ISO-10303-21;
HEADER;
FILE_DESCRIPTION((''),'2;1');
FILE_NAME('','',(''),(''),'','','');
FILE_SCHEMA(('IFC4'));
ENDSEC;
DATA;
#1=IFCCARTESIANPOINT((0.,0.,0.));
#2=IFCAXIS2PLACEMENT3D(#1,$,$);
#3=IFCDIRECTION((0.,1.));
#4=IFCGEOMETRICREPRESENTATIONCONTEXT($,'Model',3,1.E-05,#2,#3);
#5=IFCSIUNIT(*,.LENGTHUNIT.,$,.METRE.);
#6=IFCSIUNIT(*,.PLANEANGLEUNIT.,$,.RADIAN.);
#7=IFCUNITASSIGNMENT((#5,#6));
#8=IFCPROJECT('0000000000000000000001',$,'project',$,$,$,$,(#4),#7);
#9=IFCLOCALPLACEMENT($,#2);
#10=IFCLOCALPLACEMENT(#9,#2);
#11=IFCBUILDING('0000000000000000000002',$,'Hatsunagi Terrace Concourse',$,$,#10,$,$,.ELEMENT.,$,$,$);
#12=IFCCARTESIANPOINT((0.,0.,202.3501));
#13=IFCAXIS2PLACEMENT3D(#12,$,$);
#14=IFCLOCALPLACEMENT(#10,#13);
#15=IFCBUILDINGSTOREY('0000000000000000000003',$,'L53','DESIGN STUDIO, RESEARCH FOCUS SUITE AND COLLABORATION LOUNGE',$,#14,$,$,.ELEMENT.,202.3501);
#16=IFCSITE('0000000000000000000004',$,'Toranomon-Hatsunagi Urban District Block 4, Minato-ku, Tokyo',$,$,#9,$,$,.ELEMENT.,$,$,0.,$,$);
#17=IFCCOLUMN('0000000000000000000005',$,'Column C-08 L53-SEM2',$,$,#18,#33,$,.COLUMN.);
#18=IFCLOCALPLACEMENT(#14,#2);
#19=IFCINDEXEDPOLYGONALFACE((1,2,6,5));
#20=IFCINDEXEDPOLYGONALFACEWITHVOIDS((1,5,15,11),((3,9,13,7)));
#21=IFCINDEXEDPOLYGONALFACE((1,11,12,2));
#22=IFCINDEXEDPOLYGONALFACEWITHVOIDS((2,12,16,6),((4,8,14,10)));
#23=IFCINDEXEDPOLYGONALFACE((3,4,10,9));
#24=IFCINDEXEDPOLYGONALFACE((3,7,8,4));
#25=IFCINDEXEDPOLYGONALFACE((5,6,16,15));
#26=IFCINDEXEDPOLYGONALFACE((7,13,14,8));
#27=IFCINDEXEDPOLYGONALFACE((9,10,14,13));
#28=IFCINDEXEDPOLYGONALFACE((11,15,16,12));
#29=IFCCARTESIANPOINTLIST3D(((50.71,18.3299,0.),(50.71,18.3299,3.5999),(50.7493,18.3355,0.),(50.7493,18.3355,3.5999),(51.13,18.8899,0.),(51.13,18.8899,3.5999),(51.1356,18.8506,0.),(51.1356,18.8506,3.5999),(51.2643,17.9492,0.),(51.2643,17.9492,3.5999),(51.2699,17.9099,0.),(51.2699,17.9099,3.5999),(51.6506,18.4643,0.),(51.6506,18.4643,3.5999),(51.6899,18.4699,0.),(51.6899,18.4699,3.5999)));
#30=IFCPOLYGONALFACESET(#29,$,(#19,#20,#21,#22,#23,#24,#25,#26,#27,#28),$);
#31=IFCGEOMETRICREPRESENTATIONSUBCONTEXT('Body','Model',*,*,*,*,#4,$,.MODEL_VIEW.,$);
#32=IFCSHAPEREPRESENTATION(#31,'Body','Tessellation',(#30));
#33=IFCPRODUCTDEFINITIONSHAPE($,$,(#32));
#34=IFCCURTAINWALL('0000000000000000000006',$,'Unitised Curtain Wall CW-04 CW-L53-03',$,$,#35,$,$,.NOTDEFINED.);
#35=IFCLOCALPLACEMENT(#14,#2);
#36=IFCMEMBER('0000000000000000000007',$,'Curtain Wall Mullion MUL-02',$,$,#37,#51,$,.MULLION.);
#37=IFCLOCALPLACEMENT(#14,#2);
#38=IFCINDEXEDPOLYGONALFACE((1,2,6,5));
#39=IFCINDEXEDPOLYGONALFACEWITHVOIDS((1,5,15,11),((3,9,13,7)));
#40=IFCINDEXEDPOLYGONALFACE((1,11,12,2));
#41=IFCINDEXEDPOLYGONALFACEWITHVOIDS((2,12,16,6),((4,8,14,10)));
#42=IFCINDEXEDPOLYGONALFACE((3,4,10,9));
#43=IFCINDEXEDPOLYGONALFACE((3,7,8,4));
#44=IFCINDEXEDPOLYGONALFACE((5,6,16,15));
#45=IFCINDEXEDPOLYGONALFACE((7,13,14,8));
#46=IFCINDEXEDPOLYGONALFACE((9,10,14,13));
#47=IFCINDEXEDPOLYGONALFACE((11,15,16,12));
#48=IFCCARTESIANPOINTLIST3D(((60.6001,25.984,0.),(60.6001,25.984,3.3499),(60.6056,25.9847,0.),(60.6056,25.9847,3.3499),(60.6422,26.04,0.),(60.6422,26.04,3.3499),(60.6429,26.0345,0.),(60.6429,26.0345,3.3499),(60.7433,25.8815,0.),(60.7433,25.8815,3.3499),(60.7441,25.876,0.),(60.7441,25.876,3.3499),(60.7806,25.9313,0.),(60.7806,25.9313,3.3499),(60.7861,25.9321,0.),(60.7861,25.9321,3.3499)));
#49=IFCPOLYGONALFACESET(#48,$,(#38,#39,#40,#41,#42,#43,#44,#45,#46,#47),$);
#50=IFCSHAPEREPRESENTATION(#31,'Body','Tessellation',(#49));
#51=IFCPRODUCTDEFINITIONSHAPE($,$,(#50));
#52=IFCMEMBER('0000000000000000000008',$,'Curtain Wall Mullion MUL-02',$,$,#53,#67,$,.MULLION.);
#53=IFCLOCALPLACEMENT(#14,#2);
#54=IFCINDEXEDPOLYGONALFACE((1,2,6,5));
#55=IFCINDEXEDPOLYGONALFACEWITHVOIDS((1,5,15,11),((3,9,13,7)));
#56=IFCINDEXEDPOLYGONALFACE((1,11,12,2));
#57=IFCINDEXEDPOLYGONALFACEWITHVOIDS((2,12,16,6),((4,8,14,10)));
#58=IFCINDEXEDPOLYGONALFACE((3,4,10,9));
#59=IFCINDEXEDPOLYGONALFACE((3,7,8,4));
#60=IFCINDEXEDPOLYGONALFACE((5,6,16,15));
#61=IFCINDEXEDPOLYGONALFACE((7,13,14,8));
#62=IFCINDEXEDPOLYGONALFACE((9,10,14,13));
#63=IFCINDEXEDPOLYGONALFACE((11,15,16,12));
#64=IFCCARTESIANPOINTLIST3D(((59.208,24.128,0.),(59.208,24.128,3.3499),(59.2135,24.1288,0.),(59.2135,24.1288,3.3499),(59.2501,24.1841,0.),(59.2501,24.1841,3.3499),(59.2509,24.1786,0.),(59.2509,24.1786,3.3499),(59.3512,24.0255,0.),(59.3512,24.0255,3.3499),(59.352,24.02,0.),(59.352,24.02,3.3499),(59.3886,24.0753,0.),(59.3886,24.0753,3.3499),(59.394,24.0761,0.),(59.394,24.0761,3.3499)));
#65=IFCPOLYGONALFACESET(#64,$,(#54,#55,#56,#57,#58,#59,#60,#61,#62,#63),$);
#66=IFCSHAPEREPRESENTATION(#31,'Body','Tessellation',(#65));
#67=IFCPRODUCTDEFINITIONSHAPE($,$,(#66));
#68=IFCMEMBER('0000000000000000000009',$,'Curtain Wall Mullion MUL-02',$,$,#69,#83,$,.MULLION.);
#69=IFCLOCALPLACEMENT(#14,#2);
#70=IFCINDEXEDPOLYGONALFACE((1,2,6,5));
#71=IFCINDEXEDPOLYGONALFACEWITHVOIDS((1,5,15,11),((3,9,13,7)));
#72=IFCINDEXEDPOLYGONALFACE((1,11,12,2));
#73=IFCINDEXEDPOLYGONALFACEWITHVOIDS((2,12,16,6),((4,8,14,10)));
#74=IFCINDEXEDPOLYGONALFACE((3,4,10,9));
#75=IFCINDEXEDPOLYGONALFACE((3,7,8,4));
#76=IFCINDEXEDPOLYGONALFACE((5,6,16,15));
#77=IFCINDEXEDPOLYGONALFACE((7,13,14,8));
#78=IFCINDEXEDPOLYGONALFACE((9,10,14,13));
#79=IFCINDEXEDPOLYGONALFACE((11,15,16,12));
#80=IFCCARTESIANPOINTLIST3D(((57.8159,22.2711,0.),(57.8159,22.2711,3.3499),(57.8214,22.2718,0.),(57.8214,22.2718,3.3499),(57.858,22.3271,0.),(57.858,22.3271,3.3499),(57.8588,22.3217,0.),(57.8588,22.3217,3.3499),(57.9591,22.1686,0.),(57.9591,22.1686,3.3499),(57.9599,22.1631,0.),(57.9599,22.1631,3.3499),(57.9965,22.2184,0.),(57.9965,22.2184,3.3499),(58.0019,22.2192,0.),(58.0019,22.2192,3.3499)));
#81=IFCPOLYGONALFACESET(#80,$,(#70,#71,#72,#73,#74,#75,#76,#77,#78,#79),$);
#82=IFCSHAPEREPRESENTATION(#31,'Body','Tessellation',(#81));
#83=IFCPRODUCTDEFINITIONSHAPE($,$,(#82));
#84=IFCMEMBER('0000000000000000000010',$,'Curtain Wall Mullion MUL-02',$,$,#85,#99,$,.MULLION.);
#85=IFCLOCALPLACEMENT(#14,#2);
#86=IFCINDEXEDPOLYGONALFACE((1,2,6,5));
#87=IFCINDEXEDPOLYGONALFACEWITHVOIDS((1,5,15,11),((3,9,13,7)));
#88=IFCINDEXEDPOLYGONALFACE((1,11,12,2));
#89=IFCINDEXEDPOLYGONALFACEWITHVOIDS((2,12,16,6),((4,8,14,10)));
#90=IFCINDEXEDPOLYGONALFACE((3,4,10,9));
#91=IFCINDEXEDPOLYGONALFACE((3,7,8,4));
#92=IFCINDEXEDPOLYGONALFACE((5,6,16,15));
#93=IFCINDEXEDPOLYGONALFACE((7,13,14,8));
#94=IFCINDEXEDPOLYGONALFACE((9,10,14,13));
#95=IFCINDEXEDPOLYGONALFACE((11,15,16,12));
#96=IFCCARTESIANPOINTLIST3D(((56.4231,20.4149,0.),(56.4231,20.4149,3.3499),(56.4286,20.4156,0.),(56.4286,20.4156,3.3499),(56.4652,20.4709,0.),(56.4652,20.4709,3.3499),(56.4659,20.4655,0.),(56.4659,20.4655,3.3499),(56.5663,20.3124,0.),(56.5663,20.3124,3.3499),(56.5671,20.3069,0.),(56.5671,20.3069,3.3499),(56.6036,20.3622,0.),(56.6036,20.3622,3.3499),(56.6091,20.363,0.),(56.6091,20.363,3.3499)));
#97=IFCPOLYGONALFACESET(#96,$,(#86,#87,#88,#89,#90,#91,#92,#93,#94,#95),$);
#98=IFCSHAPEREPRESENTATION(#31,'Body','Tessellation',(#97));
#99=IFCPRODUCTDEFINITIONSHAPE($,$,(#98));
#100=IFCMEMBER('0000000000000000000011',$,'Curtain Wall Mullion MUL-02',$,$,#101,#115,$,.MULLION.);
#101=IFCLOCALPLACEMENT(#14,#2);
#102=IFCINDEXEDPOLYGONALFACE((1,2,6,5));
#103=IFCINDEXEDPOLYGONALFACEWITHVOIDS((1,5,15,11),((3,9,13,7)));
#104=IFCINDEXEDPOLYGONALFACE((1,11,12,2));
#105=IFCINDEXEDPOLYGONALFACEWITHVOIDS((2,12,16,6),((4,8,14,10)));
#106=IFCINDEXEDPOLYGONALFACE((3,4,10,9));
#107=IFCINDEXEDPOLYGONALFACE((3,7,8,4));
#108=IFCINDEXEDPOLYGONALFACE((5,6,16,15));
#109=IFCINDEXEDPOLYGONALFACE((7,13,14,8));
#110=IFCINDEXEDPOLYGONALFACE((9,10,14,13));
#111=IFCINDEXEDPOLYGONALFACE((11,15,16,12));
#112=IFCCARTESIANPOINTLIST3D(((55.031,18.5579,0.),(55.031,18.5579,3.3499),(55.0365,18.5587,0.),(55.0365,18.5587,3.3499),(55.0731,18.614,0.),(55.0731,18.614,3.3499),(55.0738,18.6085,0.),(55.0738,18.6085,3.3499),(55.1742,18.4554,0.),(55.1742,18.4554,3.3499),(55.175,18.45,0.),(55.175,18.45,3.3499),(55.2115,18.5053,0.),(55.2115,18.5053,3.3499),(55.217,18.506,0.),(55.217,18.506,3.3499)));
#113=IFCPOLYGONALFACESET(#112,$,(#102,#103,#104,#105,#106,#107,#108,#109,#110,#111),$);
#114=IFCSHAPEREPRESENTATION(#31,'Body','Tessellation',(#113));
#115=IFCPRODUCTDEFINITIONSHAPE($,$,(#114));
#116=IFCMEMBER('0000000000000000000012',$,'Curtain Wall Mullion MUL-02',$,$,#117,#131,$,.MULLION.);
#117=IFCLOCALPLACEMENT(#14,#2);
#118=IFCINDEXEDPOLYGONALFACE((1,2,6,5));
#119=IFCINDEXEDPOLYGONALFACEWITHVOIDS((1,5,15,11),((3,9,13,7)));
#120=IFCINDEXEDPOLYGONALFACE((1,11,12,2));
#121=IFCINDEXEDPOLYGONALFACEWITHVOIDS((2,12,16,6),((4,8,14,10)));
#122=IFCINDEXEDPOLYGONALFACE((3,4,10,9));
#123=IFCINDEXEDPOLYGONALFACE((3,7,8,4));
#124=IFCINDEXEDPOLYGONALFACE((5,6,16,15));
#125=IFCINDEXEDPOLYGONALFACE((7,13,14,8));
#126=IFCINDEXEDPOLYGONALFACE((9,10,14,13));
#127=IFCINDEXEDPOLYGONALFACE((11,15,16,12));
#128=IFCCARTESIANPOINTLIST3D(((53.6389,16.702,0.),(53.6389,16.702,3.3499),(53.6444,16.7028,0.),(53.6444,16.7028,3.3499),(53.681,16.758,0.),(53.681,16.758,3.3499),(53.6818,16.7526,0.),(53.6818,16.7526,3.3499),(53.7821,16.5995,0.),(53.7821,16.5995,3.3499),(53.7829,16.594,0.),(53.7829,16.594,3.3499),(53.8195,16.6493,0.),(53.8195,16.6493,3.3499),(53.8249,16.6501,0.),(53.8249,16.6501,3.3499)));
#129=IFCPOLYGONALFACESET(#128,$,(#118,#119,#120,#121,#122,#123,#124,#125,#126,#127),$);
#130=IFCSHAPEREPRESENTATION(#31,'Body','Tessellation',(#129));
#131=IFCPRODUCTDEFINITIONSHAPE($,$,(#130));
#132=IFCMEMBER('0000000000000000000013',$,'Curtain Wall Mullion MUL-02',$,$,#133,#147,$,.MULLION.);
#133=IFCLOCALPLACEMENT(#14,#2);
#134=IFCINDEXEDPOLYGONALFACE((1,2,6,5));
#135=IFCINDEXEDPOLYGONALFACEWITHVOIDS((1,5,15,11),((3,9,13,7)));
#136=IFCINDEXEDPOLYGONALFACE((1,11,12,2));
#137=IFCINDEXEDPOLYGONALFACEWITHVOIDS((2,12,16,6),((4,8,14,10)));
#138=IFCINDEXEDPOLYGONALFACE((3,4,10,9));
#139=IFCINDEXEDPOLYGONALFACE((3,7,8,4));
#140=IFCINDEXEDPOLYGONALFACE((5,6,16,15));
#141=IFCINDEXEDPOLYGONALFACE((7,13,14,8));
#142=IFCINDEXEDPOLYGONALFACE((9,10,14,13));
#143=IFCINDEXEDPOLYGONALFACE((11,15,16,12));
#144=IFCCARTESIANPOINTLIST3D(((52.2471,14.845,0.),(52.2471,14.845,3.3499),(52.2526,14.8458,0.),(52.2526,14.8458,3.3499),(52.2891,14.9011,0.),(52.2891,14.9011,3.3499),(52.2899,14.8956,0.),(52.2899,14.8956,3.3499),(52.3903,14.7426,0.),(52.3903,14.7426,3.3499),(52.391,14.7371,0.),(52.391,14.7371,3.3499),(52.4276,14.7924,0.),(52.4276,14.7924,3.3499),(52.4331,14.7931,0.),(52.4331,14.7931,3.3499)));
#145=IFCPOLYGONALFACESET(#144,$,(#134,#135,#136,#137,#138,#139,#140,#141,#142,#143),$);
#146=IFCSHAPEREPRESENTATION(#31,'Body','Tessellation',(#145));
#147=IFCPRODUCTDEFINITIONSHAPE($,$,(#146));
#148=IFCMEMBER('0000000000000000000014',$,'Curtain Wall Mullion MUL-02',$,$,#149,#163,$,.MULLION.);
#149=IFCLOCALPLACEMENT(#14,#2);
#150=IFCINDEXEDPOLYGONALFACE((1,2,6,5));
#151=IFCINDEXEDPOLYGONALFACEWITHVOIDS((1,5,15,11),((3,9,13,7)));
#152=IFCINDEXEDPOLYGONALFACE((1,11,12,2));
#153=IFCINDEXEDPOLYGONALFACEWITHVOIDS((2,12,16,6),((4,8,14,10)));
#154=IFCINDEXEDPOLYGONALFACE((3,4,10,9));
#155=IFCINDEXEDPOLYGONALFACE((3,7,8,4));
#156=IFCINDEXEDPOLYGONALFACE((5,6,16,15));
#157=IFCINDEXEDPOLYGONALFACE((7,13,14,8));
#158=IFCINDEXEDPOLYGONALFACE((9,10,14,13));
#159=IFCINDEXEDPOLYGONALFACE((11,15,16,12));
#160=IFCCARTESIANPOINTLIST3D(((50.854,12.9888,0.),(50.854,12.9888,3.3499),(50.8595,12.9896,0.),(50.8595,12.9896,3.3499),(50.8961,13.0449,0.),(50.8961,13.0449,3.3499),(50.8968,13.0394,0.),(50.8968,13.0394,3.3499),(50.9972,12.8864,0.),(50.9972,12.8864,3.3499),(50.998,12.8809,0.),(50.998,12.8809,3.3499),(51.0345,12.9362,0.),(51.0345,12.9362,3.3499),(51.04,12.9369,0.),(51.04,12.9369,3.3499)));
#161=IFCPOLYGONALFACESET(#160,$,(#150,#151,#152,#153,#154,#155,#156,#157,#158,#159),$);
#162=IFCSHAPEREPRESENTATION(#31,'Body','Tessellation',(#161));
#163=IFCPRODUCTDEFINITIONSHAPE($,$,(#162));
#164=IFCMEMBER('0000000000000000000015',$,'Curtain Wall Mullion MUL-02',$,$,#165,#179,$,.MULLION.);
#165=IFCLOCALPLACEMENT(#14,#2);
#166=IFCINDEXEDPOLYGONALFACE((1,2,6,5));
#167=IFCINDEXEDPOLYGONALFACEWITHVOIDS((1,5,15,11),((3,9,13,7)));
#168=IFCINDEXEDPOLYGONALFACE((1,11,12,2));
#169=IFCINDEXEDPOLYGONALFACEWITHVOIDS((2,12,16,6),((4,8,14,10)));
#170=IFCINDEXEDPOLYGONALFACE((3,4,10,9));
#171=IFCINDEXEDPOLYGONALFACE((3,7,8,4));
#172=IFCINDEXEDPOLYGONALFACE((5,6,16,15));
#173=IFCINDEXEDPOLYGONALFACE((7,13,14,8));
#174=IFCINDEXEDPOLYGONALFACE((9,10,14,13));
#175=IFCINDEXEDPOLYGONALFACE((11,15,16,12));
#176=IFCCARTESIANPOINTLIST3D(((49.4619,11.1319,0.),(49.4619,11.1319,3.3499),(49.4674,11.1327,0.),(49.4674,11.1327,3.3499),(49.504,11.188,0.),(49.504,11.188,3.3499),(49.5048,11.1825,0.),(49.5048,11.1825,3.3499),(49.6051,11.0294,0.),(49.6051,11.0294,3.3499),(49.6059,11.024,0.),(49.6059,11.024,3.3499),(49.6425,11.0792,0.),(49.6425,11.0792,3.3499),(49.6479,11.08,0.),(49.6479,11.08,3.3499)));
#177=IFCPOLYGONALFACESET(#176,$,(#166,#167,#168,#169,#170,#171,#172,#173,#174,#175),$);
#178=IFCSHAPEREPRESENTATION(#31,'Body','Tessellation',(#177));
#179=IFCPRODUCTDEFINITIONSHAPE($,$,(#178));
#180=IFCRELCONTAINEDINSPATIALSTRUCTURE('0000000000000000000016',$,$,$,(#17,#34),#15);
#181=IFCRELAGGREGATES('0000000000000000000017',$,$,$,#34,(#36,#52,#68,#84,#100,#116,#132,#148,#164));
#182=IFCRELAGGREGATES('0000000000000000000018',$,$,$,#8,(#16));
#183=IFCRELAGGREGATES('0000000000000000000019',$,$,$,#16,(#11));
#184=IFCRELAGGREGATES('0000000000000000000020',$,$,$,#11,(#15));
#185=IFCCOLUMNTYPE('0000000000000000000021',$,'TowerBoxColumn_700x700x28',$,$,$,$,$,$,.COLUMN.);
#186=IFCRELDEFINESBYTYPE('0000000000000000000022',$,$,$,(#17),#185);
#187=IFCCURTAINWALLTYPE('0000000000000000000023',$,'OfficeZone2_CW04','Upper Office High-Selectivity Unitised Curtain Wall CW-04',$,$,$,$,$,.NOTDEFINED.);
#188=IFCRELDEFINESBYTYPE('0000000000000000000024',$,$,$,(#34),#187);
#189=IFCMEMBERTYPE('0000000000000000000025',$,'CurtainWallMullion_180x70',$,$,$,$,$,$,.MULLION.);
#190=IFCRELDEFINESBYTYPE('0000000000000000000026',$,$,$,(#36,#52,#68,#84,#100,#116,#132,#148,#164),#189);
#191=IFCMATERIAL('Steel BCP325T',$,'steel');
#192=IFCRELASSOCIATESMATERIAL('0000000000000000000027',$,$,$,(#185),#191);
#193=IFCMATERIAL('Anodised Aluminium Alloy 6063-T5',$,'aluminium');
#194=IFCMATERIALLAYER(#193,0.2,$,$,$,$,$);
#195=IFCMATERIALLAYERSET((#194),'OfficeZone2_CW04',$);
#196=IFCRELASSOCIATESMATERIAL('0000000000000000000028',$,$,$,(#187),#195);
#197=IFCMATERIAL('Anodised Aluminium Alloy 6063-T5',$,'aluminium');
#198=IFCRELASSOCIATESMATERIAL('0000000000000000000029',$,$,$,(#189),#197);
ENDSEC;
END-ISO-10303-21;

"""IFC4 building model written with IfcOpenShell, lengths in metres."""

from ifc_helpers import new_model, si_unit, direction, frame, origin, origin_2d, place, context, subcontext, project, spatial, hollow_rectangle, extrude, material, layer, layer_set, material_profile, profile_set, type_object, element, aggregate, save


model = new_model("IFC4")

# Units and contexts
model_context = context("Model", 3, precision=1e-05, world=origin(), true_north=direction((0.0, 1.0)))
body_context = subcontext(model_context, "Body", "Model", "MODEL_VIEW")
ifc_project = project(units=[si_unit("LENGTHUNIT", "METRE"), si_unit("PLANEANGLEUNIT", "RADIAN")], contexts=[model_context])

# Site, building, storey
site_placement = place(None, origin())
site = spatial("IfcSite", under=ifc_project, at=site_placement, Name="Toranomon-Hatsunagi Urban District Block 4, Minato-ku, Tokyo", CompositionType="ELEMENT", RefElevation=0.0)
building_placement = place(site_placement, origin())
building = spatial("IfcBuilding", under=site, at=building_placement, Name="Hatsunagi Terrace Concourse", CompositionType="ELEMENT")
storey_placement = place(building_placement, frame((0.0, 0.0, 202.3501)))
storey = spatial("IfcBuildingStorey", under=building, at=storey_placement, Name="L53", Description="DESIGN STUDIO, RESEARCH FOCUS SUITE AND COLLABORATION LOUNGE", CompositionType="ELEMENT", Elevation=202.3501)

# Column
ifc_material_1 = material(Name="Steel BCP325T", Category="steel")
ifc_material_profile_1 = material_profile(ifc_material_1, hollow_rectangle(XDim=0.7, YDim=0.7, WallThickness=0.0281, at=origin_2d()), Name="BCP-700x700x28")
ifc_profile_set_1 = profile_set([ifc_material_profile_1], Name="Steel BCP325T")
column_type = type_object("IfcColumnType", Name="TowerBoxColumn_700x700x28", PredefinedType="COLUMN", material=ifc_profile_set_1)
column_placement = place(storey_placement, frame((51.2, 18.3999, 0.0), z_axis=(0.0, 0.0, 1.0), x_axis=(0.8, -0.6, 0.0)))
element("IfcColumn", 1, at=column_placement, inside=storey, type_object=column_type, Name="Column C-08 L53-SEM2", PredefinedType="COLUMN", context=body_context, shape_type="SweptSolid", body=[
    extrude(hollow_rectangle(XDim=0.7, YDim=0.7, WallThickness=0.0281, at=origin_2d()), origin(), (0.0, 0.0, 1.0), 3.5999),
])

# Curtain wall, members
ifc_material_2 = material(Name="Anodised Aluminium Alloy 6063-T5", Category="aluminium")
ifc_layer_1 = layer(ifc_material_2, 0.2)
ifc_layer_set_1 = layer_set([ifc_layer_1], Name="OfficeZone2_CW04")
curtain_wall_type = type_object("IfcCurtainWallType", Name="OfficeZone2_CW04", Description="Upper Office High-Selectivity Unitised Curtain Wall CW-04", PredefinedType="NOTDEFINED", material=ifc_layer_set_1)
curtain_wall_placement = place(storey_placement, origin())
curtain_wall = element("IfcCurtainWall", 2, at=curtain_wall_placement, inside=storey, type_object=curtain_wall_type, Name="Unitised Curtain Wall CW-04 CW-L53-03", PredefinedType="NOTDEFINED")
ifc_material_3 = material(Name="Anodised Aluminium Alloy 6063-T5", Category="aluminium")
ifc_material_profile_2 = material_profile(ifc_material_3, hollow_rectangle(XDim=0.0701, YDim=0.1799, WallThickness=0.0039, at=origin_2d()), Name="ALU-MUL-180x70x4")
ifc_profile_set_2 = profile_set([ifc_material_profile_2], Name="Anodised Aluminium Alloy 6063-T5")
member_type_1 = type_object("IfcMemberType", Name="CurtainWallMullion_180x70", PredefinedType="MULLION", material=ifc_profile_set_2)
member_1_placement = place(storey_placement, frame((60.6931, 25.958, 0.0), z_axis=(0.0, 0.0, 1.0), x_axis=(-0.599969, -0.800023, 0.0)))
member_1 = element("IfcMember", 3, at=member_1_placement, type_object=member_type_1, Name="Curtain Wall Mullion MUL-02", PredefinedType="MULLION", context=body_context, shape_type="SweptSolid", body=[
    extrude(hollow_rectangle(XDim=0.0701, YDim=0.1799, WallThickness=0.0039, at=origin_2d()), origin(), (0.0, 0.0, 1.0), 3.3499),
])
member_2_placement = place(storey_placement, frame((59.301, 24.1021, 0.0), z_axis=(0.0, 0.0, 1.0), x_axis=(-0.599969, -0.800023, 0.0)))
member_2 = element("IfcMember", 4, at=member_2_placement, type_object=member_type_1, Name="Curtain Wall Mullion MUL-02", PredefinedType="MULLION", context=body_context, shape_type="SweptSolid", body=[
    extrude(hollow_rectangle(XDim=0.0701, YDim=0.1799, WallThickness=0.0039, at=origin_2d()), origin(), (0.0, 0.0, 1.0), 3.3499),
])
member_3_placement = place(storey_placement, frame((57.9089, 22.2451, 0.0), z_axis=(0.0, 0.0, 1.0), x_axis=(-0.599969, -0.800023, 0.0)))
member_3 = element("IfcMember", 5, at=member_3_placement, type_object=member_type_1, Name="Curtain Wall Mullion MUL-02", PredefinedType="MULLION", context=body_context, shape_type="SweptSolid", body=[
    extrude(hollow_rectangle(XDim=0.0701, YDim=0.1799, WallThickness=0.0039, at=origin_2d()), origin(), (0.0, 0.0, 1.0), 3.3499),
])
member_4_placement = place(storey_placement, frame((56.5161, 20.3889, 0.0), z_axis=(0.0, 0.0, 1.0), x_axis=(-0.599969, -0.800023, 0.0)))
member_4 = element("IfcMember", 6, at=member_4_placement, type_object=member_type_1, Name="Curtain Wall Mullion MUL-02", PredefinedType="MULLION", context=body_context, shape_type="SweptSolid", body=[
    extrude(hollow_rectangle(XDim=0.0701, YDim=0.1799, WallThickness=0.0039, at=origin_2d()), origin(), (0.0, 0.0, 1.0), 3.3499),
])
member_5_placement = place(storey_placement, frame((55.124, 18.532, 0.0), z_axis=(0.0, 0.0, 1.0), x_axis=(-0.599969, -0.800023, 0.0)))
member_5 = element("IfcMember", 7, at=member_5_placement, type_object=member_type_1, Name="Curtain Wall Mullion MUL-02", PredefinedType="MULLION", context=body_context, shape_type="SweptSolid", body=[
    extrude(hollow_rectangle(XDim=0.0701, YDim=0.1799, WallThickness=0.0039, at=origin_2d()), origin(), (0.0, 0.0, 1.0), 3.3499),
])
member_6_placement = place(storey_placement, frame((53.7319, 16.676, 0.0), z_axis=(0.0, 0.0, 1.0), x_axis=(-0.599969, -0.800023, 0.0)))
member_6 = element("IfcMember", 8, at=member_6_placement, type_object=member_type_1, Name="Curtain Wall Mullion MUL-02", PredefinedType="MULLION", context=body_context, shape_type="SweptSolid", body=[
    extrude(hollow_rectangle(XDim=0.0701, YDim=0.1799, WallThickness=0.0039, at=origin_2d()), origin(), (0.0, 0.0, 1.0), 3.3499),
])
member_7_placement = place(storey_placement, frame((52.3401, 14.8191, 0.0), z_axis=(0.0, 0.0, 1.0), x_axis=(-0.599969, -0.800023, 0.0)))
member_7 = element("IfcMember", 9, at=member_7_placement, type_object=member_type_1, Name="Curtain Wall Mullion MUL-02", PredefinedType="MULLION", context=body_context, shape_type="SweptSolid", body=[
    extrude(hollow_rectangle(XDim=0.0701, YDim=0.1799, WallThickness=0.0039, at=origin_2d()), origin(), (0.0, 0.0, 1.0), 3.3499),
])
member_8_placement = place(storey_placement, frame((50.947, 12.9629, 0.0), z_axis=(0.0, 0.0, 1.0), x_axis=(-0.599969, -0.800023, 0.0)))
member_8 = element("IfcMember", 10, at=member_8_placement, type_object=member_type_1, Name="Curtain Wall Mullion MUL-02", PredefinedType="MULLION", context=body_context, shape_type="SweptSolid", body=[
    extrude(hollow_rectangle(XDim=0.0701, YDim=0.1799, WallThickness=0.0039, at=origin_2d()), origin(), (0.0, 0.0, 1.0), 3.3499),
])
member_9_placement = place(storey_placement, frame((49.5549, 11.106, 0.0), z_axis=(0.0, 0.0, 1.0), x_axis=(-0.599969, -0.800023, 0.0)))
member_9 = element("IfcMember", 11, at=member_9_placement, type_object=member_type_1, Name="Curtain Wall Mullion MUL-02", PredefinedType="MULLION", context=body_context, shape_type="SweptSolid", body=[
    extrude(hollow_rectangle(XDim=0.0701, YDim=0.1799, WallThickness=0.0039, at=origin_2d()), origin(), (0.0, 0.0, 1.0), 3.3499),
])

aggregate(curtain_wall, [member_1, member_2, member_3, member_4, member_5, member_6, member_7, member_8, member_9])

save(model, "model.ifc")
